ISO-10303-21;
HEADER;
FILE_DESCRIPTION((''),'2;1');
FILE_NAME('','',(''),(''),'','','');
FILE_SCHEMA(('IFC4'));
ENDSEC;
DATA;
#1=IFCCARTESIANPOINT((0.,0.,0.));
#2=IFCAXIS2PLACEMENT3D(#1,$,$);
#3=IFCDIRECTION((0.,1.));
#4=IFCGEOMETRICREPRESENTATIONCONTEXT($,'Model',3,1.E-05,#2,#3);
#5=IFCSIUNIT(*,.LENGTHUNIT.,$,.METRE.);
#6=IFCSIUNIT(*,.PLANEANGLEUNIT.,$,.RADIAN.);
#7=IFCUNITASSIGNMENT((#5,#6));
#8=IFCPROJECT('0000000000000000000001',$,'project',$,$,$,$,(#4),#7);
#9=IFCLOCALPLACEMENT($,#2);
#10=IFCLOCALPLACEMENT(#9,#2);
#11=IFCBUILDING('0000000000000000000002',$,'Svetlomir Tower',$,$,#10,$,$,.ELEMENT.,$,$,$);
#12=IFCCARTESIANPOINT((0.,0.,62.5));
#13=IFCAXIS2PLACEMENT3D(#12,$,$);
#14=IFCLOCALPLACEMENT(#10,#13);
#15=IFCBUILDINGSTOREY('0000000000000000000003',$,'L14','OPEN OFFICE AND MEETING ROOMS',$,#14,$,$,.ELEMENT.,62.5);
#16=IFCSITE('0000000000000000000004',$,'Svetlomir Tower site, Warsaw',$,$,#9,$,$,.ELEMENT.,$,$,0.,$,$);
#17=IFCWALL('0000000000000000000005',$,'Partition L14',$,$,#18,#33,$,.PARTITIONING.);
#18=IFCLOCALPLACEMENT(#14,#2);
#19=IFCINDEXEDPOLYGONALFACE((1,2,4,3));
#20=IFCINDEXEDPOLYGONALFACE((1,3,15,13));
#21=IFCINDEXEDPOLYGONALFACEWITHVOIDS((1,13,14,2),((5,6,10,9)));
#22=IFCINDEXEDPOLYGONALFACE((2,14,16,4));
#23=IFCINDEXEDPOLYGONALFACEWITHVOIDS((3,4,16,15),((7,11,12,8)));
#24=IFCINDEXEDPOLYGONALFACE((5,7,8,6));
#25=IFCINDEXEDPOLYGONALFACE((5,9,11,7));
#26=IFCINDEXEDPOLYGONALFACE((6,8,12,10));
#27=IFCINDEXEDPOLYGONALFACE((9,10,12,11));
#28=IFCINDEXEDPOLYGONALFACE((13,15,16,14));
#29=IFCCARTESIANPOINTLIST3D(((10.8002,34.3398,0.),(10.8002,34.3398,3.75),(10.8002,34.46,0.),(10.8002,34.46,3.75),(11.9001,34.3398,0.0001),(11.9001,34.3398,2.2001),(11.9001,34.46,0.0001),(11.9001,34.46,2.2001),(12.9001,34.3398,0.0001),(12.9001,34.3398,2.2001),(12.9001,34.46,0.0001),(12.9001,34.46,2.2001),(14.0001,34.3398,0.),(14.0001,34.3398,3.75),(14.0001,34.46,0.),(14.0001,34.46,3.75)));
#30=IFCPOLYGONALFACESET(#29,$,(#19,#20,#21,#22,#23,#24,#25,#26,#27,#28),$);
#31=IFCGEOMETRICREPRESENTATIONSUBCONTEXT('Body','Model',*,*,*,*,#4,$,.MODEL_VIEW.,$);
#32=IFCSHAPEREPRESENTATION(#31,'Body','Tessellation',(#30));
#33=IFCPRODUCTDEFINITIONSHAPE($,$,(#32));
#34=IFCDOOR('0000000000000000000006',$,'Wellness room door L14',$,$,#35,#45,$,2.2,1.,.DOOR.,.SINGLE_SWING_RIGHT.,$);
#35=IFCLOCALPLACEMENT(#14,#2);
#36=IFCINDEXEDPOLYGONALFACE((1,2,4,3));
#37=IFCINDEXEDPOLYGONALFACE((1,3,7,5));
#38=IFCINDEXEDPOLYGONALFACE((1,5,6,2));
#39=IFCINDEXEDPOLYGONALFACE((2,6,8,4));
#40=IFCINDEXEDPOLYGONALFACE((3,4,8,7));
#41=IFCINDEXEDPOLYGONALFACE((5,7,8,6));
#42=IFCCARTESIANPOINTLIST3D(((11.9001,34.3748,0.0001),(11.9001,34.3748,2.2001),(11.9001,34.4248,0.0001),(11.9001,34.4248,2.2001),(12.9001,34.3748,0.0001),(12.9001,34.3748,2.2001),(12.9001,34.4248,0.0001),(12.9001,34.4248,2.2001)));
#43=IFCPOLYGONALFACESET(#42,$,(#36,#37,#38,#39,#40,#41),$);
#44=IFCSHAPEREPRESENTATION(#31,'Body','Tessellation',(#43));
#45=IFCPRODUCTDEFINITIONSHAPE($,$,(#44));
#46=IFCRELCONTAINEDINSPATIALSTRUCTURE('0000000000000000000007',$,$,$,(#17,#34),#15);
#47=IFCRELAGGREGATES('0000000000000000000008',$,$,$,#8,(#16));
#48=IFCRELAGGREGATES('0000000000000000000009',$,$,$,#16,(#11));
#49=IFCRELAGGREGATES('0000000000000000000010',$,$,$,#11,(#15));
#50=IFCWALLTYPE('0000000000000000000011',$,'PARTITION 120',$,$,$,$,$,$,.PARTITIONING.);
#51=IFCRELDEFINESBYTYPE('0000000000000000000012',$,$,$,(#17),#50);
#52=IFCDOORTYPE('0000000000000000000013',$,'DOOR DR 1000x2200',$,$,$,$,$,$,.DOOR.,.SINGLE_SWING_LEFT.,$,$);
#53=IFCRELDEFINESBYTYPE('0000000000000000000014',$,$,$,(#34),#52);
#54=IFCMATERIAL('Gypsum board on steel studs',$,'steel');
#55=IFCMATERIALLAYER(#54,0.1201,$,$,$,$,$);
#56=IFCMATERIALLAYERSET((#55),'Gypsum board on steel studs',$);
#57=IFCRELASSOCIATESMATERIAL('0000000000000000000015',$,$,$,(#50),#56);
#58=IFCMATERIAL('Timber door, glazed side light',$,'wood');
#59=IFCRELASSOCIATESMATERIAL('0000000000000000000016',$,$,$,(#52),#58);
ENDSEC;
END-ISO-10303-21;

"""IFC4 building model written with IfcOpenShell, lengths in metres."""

from ifc_helpers import new_model, si_unit, direction, frame, frame_2d, origin, place, context, subcontext, project, spatial, rectangle, extrude, material, layer, layer_set, type_object, element, fill, save


model = new_model("IFC4")

# Units and contexts
model_context = context("Model", 3, precision=1e-05, world=origin(), true_north=direction((0.0, 1.0)))
body_context = subcontext(model_context, "Body", "Model", "MODEL_VIEW")
ifc_project = project(units=[si_unit("LENGTHUNIT", "METRE"), si_unit("PLANEANGLEUNIT", "RADIAN")], contexts=[model_context])

# Site, building, storey
site_placement = place(None, origin())
site = spatial("IfcSite", under=ifc_project, at=site_placement, Name="Svetlomir Tower site, Warsaw", CompositionType="ELEMENT", RefElevation=0.0)
building_placement = place(site_placement, origin())
building = spatial("IfcBuilding", under=site, at=building_placement, Name="Svetlomir Tower", CompositionType="ELEMENT")
storey_placement = place(building_placement, frame((0.0, 0.0, 62.5)))
storey = spatial("IfcBuildingStorey", under=building, at=storey_placement, Name="L14", Description="OPEN OFFICE AND MEETING ROOMS", CompositionType="ELEMENT", Elevation=62.5)

# Shared definitions
ifc_material_1 = material(Name="Gypsum board on steel studs", Category="steel")
ifc_layer_1 = layer(ifc_material_1, 0.1201)
ifc_layer_set_1 = layer_set([ifc_layer_1], Name="Gypsum board on steel studs")
wall_type_1 = type_object("IfcWallType", Name="PARTITION 120", PredefinedType="PARTITIONING", material=ifc_layer_set_1)

# Shared definitions
ifc_material_2 = material(Name="Timber door, glazed side light", Category="wood")
door_type_1 = type_object("IfcDoorType", Name="DOOR DR 1000x2200", OperationType="SINGLE_SWING_LEFT", PredefinedType="DOOR", material=ifc_material_2)

# Wall, opening, door
wall_1_placement = place(storey_placement, frame((10.8, 34.3999, 0.0), z_axis=(0.0, 0.0, 1.0), x_axis=(1.0, 0.0, 0.0)))
wall_1 = element("IfcWall", 1, at=wall_1_placement, inside=storey, type_object=wall_type_1, Name="Partition L14", PredefinedType="PARTITIONING", context=body_context, shape_type="SweptSolid", body=[
    extrude(rectangle(XDim=3.2, YDim=0.1201, at=frame_2d((1.6001, 0.0))), origin(), (0.0, 0.0, 1.0), 3.75),
])
opening_1_placement = place(wall_1_placement, frame((1.1001, 0.0, 0.0)))
opening_1 = element("IfcOpeningElement", 2, at=opening_1_placement, cuts=wall_1, PredefinedType="OPENING", context=body_context, shape_type="SweptSolid", body=[
    extrude(rectangle(XDim=1.0, YDim=2.2, at=frame_2d((0.5, 1.1001))), frame((0.0, 0.0701, 0.0), z_axis=(0.0, -1.0, 0.0), x_axis=(1.0, 0.0, 0.0)), (0.0, 0.0, 1.0), 0.1401),
])
door_1_placement = place(opening_1_placement, origin())
door_1 = element("IfcDoor", 3, at=door_1_placement, inside=storey, type_object=door_type_1, Name="Wellness room door L14", OperationType="SINGLE_SWING_RIGHT", OverallHeight=2.2, OverallWidth=1.0, PredefinedType="DOOR", context=body_context, shape_type="SweptSolid", body=[
    extrude(rectangle(XDim=1.0, YDim=2.2, at=frame_2d((0.5, 1.1001))), frame((0.0, 0.0249, 0.0), z_axis=(0.0, -1.0, 0.0), x_axis=(1.0, 0.0, 0.0)), (0.0, 0.0, 1.0), 0.05),
])
fill(opening_1, door_1)

save(model, "model.ifc")
